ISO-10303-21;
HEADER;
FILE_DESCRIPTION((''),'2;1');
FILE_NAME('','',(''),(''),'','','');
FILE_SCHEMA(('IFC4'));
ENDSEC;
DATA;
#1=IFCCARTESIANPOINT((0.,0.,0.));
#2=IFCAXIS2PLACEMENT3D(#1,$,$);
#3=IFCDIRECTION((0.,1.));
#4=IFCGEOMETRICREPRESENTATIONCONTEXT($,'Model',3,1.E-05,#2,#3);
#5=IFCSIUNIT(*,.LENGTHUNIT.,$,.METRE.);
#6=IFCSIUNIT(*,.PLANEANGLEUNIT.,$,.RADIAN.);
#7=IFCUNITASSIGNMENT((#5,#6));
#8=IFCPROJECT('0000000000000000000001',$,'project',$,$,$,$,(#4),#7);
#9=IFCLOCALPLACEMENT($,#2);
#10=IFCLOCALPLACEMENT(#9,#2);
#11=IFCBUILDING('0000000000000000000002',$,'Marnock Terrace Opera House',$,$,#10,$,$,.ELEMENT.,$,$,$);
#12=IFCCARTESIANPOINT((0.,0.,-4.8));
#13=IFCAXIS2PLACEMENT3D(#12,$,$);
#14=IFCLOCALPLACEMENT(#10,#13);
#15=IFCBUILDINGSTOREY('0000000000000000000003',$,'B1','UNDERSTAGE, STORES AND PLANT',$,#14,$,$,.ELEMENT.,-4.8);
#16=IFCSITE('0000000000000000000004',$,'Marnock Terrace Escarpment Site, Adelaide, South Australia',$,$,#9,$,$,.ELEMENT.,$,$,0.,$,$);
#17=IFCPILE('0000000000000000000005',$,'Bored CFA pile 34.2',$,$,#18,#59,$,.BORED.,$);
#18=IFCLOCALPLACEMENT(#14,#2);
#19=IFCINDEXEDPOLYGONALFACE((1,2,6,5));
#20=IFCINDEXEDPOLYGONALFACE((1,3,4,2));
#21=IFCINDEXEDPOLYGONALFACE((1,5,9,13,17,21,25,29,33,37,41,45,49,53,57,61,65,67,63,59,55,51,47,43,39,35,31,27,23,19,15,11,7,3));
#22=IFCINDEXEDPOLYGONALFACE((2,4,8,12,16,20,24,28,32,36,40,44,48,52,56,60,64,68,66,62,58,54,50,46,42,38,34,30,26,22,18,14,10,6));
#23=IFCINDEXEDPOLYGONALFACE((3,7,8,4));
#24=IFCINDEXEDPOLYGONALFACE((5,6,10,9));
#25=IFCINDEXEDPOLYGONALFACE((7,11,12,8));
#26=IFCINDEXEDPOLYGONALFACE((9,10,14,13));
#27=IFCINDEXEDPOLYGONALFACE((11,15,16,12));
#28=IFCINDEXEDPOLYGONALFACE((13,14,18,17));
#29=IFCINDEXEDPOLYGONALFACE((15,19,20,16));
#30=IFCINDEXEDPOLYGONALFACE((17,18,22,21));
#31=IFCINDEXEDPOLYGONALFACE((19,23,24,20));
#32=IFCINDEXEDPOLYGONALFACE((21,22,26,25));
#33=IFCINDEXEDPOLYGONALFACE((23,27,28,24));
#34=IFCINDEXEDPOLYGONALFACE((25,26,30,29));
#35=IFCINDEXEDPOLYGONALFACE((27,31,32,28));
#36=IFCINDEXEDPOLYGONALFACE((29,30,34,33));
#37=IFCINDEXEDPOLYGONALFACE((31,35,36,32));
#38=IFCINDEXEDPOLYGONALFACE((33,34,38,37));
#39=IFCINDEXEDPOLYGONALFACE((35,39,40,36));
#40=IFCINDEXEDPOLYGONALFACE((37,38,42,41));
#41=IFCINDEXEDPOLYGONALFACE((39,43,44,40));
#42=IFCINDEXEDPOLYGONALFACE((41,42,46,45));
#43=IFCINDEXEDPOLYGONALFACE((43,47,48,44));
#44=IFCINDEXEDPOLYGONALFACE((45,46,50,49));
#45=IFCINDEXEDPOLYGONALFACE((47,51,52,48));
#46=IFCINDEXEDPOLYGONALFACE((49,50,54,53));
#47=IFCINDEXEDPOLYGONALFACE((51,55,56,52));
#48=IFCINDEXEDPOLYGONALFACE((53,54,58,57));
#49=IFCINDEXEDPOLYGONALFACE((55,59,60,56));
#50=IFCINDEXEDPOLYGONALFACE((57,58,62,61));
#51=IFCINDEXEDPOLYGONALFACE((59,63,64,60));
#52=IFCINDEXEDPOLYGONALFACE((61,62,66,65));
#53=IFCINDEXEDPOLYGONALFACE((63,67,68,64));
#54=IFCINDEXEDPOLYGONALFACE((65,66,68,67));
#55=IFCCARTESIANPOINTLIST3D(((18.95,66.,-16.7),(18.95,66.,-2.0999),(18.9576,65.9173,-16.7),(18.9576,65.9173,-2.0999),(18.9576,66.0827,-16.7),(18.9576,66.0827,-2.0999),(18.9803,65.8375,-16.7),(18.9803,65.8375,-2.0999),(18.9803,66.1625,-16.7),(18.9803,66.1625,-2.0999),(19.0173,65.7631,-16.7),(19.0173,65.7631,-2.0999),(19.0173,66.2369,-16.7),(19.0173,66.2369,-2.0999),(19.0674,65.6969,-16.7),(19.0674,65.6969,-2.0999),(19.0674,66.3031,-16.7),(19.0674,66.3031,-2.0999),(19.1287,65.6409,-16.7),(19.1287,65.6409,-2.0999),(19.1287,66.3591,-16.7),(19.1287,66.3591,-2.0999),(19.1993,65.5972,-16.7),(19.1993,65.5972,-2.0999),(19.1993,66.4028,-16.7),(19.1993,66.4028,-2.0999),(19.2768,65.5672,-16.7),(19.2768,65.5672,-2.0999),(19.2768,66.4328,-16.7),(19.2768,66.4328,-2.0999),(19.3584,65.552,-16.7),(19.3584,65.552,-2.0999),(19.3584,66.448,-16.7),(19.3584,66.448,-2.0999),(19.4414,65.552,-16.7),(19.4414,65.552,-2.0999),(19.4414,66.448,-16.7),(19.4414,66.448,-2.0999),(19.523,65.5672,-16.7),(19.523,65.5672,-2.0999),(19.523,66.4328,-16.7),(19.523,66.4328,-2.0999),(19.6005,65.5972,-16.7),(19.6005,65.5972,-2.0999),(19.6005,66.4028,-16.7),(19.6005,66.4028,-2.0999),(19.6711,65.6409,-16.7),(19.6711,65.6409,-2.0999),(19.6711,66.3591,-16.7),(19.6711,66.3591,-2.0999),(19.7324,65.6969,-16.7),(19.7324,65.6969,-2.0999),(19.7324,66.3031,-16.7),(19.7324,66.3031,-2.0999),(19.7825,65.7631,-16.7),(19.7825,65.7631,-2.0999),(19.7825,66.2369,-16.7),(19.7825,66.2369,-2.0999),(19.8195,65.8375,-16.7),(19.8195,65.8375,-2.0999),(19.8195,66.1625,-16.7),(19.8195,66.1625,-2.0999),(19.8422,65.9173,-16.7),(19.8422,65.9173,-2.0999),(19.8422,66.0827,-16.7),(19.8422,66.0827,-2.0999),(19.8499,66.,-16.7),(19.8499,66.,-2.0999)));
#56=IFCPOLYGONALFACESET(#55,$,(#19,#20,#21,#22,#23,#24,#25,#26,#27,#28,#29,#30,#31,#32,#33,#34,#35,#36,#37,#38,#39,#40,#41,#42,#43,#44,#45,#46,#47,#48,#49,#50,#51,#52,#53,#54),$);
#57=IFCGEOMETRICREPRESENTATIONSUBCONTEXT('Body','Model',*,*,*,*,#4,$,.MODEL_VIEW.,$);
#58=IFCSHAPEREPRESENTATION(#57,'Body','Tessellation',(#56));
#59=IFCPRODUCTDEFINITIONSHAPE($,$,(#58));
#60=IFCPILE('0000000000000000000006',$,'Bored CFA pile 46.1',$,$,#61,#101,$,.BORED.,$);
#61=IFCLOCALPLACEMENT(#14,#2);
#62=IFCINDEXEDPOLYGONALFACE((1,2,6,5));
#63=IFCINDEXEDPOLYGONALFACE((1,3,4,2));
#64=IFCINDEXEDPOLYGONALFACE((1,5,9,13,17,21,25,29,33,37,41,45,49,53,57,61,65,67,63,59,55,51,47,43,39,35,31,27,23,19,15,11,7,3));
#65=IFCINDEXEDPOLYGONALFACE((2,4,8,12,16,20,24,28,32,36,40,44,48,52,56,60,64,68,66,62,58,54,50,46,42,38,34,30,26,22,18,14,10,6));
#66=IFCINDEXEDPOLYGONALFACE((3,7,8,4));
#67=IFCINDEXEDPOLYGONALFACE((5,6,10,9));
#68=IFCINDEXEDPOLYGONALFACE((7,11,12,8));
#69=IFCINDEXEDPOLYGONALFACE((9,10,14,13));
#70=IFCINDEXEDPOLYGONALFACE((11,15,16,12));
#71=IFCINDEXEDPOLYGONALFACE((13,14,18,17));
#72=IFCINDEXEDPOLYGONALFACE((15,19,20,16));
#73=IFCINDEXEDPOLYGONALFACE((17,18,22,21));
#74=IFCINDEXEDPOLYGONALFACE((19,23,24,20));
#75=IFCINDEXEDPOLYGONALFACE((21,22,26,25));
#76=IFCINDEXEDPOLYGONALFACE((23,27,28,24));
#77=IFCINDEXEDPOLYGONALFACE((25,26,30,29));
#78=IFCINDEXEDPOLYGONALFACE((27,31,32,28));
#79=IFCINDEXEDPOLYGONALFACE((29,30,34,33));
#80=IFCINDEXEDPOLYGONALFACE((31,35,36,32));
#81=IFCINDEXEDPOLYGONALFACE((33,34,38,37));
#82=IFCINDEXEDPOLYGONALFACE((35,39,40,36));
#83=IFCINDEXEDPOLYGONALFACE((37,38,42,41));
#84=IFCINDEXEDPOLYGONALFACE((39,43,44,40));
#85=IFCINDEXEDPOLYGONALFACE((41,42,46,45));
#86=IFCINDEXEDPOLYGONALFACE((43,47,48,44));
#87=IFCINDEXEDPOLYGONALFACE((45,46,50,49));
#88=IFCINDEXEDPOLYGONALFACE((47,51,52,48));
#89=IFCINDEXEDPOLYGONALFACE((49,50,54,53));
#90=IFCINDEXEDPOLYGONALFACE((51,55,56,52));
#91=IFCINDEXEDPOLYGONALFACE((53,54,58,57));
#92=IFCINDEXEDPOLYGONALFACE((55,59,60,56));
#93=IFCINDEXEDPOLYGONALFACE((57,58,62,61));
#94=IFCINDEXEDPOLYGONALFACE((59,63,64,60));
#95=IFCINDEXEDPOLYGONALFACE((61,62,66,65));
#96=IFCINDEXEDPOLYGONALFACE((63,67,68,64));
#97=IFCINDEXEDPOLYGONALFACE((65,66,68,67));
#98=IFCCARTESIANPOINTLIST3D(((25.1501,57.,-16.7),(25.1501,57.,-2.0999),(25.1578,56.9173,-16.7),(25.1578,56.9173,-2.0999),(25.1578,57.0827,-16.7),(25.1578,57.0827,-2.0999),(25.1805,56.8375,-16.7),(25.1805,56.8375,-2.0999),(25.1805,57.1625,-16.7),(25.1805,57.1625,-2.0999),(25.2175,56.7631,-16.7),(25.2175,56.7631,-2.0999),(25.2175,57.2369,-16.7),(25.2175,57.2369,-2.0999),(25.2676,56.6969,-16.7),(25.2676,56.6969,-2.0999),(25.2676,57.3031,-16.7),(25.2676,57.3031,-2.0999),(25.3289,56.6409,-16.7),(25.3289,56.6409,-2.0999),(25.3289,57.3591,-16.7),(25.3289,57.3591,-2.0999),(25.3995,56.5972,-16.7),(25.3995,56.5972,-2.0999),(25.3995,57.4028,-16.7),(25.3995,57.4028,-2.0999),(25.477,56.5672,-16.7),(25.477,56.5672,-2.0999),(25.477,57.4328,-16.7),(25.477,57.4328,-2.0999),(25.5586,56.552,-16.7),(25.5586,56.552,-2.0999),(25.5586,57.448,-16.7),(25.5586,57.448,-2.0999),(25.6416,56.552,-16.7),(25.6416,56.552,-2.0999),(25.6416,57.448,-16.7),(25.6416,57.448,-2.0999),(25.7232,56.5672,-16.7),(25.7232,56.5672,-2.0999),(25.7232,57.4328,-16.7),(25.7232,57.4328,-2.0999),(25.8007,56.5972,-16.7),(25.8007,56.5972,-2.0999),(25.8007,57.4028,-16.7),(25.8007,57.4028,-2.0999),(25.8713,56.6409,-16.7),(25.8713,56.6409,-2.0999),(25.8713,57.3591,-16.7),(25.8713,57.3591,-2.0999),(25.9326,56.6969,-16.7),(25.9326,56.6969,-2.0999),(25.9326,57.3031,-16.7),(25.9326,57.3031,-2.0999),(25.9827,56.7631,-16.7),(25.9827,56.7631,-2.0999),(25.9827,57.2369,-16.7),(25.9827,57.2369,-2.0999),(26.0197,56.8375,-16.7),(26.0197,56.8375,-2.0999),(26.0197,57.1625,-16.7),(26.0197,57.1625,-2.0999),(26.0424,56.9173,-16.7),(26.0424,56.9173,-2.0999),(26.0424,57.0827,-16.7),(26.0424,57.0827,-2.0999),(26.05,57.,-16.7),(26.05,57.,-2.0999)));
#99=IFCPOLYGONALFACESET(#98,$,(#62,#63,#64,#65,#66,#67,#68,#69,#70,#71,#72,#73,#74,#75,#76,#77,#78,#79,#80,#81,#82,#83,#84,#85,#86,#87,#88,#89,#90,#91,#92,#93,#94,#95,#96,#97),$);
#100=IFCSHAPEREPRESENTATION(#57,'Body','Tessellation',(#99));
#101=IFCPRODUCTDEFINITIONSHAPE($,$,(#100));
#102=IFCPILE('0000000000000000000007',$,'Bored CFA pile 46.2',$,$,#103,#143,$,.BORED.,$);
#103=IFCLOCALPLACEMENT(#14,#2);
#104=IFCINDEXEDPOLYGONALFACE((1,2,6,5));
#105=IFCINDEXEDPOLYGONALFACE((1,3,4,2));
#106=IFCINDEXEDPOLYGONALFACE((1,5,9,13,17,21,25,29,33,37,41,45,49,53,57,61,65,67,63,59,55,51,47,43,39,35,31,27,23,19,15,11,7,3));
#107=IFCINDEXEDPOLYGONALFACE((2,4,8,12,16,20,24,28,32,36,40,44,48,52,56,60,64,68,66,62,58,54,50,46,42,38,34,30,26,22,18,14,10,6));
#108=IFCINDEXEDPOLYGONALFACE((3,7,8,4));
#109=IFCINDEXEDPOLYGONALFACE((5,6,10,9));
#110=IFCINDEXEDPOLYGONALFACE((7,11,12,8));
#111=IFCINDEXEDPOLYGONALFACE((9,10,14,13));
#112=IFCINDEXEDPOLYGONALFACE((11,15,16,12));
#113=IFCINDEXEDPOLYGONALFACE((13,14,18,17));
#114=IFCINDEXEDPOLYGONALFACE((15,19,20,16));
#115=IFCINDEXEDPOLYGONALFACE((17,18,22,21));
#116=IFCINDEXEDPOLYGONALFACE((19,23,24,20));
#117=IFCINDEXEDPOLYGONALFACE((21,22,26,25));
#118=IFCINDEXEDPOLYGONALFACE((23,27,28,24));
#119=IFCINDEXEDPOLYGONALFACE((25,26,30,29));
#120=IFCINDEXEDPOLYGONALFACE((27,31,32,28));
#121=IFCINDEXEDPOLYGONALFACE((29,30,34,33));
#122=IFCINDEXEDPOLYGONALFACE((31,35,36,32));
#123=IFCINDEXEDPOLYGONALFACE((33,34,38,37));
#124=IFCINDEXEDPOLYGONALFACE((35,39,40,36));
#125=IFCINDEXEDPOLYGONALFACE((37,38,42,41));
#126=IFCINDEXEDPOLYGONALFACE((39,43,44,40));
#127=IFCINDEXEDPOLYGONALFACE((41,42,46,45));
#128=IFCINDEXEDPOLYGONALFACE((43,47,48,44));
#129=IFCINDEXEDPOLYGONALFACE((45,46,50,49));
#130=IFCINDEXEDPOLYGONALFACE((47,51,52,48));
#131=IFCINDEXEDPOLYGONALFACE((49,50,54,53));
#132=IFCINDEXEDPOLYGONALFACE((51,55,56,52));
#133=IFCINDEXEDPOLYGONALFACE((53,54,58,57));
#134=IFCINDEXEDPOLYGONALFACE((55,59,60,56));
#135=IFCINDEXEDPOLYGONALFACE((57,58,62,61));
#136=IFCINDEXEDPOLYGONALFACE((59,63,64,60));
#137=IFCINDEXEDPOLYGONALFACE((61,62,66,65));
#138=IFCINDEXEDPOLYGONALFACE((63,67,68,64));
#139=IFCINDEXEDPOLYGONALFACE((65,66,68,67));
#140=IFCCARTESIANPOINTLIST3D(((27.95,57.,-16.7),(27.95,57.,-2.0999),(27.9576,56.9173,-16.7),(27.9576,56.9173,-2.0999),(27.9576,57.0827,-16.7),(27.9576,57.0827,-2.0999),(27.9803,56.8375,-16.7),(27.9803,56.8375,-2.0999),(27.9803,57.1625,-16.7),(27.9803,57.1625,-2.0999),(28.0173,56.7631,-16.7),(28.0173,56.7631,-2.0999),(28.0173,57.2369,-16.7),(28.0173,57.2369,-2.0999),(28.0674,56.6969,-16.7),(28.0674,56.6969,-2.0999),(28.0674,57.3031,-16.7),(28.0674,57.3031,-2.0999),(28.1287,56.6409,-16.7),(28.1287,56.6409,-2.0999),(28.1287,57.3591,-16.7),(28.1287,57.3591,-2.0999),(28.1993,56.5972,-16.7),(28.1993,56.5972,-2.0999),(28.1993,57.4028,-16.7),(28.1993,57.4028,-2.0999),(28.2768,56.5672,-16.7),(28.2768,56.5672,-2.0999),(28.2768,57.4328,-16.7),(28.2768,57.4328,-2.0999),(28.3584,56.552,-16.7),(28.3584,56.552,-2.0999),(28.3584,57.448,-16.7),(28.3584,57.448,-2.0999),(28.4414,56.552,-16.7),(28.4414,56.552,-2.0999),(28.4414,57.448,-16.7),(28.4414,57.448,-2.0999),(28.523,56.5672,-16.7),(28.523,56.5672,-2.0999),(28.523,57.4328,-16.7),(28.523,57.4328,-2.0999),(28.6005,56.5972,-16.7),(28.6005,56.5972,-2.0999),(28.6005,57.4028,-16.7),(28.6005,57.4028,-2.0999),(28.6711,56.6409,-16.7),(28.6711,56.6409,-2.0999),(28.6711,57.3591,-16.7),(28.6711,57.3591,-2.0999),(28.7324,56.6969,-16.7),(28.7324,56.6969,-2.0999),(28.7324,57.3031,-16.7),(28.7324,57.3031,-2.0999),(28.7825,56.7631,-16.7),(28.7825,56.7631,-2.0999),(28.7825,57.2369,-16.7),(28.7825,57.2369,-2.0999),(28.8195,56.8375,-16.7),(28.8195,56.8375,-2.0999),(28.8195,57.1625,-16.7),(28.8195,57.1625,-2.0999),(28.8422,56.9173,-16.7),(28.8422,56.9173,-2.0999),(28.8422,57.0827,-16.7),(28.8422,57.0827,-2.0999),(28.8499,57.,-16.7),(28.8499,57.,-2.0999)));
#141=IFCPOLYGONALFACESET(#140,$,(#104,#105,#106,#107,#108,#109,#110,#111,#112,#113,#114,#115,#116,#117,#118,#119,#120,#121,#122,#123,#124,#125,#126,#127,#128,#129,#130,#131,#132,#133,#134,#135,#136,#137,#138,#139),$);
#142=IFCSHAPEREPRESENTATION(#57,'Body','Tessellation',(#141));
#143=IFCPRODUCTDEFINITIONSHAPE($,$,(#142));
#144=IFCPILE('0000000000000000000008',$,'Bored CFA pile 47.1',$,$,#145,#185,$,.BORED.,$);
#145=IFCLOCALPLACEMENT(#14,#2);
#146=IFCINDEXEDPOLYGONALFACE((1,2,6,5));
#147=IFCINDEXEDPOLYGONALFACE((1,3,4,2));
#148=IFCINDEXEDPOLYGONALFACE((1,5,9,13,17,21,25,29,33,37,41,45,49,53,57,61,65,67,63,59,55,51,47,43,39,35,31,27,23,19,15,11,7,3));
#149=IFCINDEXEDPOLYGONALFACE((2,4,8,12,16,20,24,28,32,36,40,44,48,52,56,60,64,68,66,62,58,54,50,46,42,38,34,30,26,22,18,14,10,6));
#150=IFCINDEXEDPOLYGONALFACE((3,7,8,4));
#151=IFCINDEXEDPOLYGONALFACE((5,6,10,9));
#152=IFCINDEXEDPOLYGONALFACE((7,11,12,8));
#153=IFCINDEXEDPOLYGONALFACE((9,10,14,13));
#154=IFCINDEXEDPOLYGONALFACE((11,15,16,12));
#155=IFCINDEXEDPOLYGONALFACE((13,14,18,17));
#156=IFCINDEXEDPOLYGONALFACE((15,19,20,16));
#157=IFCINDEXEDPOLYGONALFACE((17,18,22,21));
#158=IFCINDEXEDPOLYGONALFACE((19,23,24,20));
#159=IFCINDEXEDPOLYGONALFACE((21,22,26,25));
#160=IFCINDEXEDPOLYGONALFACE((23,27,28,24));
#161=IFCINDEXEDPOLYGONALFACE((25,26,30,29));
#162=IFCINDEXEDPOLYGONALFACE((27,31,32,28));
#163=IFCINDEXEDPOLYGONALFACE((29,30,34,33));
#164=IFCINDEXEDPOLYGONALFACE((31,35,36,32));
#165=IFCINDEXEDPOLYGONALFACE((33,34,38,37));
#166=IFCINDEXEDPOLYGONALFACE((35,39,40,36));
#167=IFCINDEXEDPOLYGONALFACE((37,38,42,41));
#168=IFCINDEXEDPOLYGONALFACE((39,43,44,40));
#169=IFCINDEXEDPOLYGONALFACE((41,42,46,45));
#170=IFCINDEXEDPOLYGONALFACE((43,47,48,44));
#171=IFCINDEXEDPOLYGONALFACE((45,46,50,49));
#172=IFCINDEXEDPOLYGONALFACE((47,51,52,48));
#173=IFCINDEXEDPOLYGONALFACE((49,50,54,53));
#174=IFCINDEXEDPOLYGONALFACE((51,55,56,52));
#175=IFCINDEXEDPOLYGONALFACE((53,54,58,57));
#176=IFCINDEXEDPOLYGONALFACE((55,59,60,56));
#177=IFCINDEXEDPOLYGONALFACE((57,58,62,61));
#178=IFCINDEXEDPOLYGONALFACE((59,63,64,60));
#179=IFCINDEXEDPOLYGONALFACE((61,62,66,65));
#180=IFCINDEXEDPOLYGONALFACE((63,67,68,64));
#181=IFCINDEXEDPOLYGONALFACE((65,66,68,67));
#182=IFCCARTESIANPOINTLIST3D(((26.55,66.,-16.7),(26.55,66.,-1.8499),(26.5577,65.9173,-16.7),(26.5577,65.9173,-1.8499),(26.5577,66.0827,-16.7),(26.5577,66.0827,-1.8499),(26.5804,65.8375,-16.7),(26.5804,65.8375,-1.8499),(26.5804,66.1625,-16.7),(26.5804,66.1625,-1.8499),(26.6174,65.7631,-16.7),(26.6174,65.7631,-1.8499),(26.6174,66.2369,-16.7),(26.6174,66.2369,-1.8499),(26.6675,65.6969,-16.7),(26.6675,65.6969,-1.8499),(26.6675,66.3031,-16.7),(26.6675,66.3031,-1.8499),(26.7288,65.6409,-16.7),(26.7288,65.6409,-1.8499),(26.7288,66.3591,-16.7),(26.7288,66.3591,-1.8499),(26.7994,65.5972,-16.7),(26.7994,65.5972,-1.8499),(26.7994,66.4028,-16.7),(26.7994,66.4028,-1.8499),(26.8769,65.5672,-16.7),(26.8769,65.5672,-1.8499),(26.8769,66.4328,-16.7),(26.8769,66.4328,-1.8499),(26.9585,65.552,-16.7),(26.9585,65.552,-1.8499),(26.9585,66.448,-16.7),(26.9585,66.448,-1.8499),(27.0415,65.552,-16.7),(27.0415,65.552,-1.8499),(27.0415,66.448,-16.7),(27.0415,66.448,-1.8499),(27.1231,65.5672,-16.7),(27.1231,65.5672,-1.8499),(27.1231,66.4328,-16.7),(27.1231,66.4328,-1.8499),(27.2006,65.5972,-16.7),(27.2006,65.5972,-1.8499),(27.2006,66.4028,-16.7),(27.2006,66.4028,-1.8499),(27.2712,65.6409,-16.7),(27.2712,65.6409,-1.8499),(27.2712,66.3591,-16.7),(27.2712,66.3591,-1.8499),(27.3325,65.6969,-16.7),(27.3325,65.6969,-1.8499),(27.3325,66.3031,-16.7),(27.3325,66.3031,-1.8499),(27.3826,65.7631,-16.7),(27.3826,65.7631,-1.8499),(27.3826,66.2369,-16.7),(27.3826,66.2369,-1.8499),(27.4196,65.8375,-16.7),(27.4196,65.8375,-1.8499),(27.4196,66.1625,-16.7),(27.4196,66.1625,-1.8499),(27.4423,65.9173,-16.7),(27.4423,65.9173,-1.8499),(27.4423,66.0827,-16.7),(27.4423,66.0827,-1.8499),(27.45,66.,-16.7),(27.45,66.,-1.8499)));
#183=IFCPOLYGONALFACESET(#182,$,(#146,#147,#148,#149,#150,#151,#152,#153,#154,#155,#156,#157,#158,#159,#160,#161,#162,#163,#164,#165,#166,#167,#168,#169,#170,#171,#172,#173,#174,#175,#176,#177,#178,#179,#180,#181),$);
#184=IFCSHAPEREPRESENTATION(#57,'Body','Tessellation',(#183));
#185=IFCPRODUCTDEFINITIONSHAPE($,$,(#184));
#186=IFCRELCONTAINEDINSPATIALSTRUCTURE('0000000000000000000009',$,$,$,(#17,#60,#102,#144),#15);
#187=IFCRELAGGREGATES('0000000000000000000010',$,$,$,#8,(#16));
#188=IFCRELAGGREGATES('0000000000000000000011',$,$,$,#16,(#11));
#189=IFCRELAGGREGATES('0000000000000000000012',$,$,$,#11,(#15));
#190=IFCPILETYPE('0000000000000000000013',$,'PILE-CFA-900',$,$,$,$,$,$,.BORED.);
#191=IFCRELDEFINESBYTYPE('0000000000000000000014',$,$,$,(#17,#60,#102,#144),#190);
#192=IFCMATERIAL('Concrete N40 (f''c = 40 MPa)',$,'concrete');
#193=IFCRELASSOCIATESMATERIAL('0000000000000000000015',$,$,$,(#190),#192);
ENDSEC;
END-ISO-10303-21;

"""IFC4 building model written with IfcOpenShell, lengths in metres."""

from ifc_helpers import new_model, si_unit, direction, frame, origin, origin_2d, place, context, subcontext, project, spatial, circle, extrude, material, material_profile, profile_set, type_object, element, save


model = new_model("IFC4")

# Units and contexts
model_context = context("Model", 3, precision=1e-05, world=origin(), true_north=direction((0.0, 1.0)))
body_context = subcontext(model_context, "Body", "Model", "MODEL_VIEW")
ifc_project = project(units=[si_unit("LENGTHUNIT", "METRE"), si_unit("PLANEANGLEUNIT", "RADIAN")], contexts=[model_context])

# Site, building, storey
site_placement = place(None, origin())
site = spatial("IfcSite", under=ifc_project, at=site_placement, Name="Marnock Terrace Escarpment Site, Adelaide, South Australia", CompositionType="ELEMENT", RefElevation=0.0)
building_placement = place(site_placement, origin())
building = spatial("IfcBuilding", under=site, at=building_placement, Name="Marnock Terrace Opera House", CompositionType="ELEMENT")
storey_placement = place(building_placement, frame((0.0, 0.0, -4.8)))
storey = spatial("IfcBuildingStorey", under=building, at=storey_placement, Name="B1", Description="UNDERSTAGE, STORES AND PLANT", CompositionType="ELEMENT", Elevation=-4.8)

# Shared definitions
ifc_material_1 = material(Name="Concrete N40 (f'c = 40 MPa)", Category="concrete")

# Piles
ifc_material_profile_1 = material_profile(ifc_material_1, circle(Radius=0.45, at=origin_2d()))
ifc_profile_set_1 = profile_set([ifc_material_profile_1], Name="Concrete N40 (f'c = 40 MPa)")
pile_type = type_object("IfcPileType", Name="PILE-CFA-900", PredefinedType="BORED", material=ifc_profile_set_1)
for number, where, z_axis, x_axis, name in (
    (1, (19.3999, 66.0, -2.0999), (0.0, 0.0, -1.0), (1.0, 0.0, 0.0), "Bored CFA pile 34.2"),
    (2, (25.6001, 57.0, -2.0999), (0.0, 0.0, -1.0), (1.0, 0.0, 0.0), "Bored CFA pile 46.1"),
    (3, (28.3999, 57.0, -2.0999), (0.0, 0.0, -1.0), (1.0, 0.0, 0.0), "Bored CFA pile 46.2"),
):
    element("IfcPile", number, at=place(storey_placement, frame(where, z_axis=z_axis, x_axis=x_axis)), inside=storey, type_object=pile_type, Name=name, PredefinedType="BORED", context=body_context, shape_type="SweptSolid", body=[
        extrude(circle(Radius=0.45, at=origin_2d()), origin(), (0.0, 0.0, 1.0), 14.6001),
    ])
pile_1_placement = place(storey_placement, frame((27.0, 66.0, -1.8499), z_axis=(0.0, 0.0, -1.0), x_axis=(1.0, 0.0, 0.0)))
element("IfcPile", 4, at=pile_1_placement, inside=storey, type_object=pile_type, Name="Bored CFA pile 47.1", PredefinedType="BORED", context=body_context, shape_type="SweptSolid", body=[
    extrude(circle(Radius=0.45, at=origin_2d()), origin(), (0.0, 0.0, 1.0), 14.8501),
])

save(model, "model.ifc")
